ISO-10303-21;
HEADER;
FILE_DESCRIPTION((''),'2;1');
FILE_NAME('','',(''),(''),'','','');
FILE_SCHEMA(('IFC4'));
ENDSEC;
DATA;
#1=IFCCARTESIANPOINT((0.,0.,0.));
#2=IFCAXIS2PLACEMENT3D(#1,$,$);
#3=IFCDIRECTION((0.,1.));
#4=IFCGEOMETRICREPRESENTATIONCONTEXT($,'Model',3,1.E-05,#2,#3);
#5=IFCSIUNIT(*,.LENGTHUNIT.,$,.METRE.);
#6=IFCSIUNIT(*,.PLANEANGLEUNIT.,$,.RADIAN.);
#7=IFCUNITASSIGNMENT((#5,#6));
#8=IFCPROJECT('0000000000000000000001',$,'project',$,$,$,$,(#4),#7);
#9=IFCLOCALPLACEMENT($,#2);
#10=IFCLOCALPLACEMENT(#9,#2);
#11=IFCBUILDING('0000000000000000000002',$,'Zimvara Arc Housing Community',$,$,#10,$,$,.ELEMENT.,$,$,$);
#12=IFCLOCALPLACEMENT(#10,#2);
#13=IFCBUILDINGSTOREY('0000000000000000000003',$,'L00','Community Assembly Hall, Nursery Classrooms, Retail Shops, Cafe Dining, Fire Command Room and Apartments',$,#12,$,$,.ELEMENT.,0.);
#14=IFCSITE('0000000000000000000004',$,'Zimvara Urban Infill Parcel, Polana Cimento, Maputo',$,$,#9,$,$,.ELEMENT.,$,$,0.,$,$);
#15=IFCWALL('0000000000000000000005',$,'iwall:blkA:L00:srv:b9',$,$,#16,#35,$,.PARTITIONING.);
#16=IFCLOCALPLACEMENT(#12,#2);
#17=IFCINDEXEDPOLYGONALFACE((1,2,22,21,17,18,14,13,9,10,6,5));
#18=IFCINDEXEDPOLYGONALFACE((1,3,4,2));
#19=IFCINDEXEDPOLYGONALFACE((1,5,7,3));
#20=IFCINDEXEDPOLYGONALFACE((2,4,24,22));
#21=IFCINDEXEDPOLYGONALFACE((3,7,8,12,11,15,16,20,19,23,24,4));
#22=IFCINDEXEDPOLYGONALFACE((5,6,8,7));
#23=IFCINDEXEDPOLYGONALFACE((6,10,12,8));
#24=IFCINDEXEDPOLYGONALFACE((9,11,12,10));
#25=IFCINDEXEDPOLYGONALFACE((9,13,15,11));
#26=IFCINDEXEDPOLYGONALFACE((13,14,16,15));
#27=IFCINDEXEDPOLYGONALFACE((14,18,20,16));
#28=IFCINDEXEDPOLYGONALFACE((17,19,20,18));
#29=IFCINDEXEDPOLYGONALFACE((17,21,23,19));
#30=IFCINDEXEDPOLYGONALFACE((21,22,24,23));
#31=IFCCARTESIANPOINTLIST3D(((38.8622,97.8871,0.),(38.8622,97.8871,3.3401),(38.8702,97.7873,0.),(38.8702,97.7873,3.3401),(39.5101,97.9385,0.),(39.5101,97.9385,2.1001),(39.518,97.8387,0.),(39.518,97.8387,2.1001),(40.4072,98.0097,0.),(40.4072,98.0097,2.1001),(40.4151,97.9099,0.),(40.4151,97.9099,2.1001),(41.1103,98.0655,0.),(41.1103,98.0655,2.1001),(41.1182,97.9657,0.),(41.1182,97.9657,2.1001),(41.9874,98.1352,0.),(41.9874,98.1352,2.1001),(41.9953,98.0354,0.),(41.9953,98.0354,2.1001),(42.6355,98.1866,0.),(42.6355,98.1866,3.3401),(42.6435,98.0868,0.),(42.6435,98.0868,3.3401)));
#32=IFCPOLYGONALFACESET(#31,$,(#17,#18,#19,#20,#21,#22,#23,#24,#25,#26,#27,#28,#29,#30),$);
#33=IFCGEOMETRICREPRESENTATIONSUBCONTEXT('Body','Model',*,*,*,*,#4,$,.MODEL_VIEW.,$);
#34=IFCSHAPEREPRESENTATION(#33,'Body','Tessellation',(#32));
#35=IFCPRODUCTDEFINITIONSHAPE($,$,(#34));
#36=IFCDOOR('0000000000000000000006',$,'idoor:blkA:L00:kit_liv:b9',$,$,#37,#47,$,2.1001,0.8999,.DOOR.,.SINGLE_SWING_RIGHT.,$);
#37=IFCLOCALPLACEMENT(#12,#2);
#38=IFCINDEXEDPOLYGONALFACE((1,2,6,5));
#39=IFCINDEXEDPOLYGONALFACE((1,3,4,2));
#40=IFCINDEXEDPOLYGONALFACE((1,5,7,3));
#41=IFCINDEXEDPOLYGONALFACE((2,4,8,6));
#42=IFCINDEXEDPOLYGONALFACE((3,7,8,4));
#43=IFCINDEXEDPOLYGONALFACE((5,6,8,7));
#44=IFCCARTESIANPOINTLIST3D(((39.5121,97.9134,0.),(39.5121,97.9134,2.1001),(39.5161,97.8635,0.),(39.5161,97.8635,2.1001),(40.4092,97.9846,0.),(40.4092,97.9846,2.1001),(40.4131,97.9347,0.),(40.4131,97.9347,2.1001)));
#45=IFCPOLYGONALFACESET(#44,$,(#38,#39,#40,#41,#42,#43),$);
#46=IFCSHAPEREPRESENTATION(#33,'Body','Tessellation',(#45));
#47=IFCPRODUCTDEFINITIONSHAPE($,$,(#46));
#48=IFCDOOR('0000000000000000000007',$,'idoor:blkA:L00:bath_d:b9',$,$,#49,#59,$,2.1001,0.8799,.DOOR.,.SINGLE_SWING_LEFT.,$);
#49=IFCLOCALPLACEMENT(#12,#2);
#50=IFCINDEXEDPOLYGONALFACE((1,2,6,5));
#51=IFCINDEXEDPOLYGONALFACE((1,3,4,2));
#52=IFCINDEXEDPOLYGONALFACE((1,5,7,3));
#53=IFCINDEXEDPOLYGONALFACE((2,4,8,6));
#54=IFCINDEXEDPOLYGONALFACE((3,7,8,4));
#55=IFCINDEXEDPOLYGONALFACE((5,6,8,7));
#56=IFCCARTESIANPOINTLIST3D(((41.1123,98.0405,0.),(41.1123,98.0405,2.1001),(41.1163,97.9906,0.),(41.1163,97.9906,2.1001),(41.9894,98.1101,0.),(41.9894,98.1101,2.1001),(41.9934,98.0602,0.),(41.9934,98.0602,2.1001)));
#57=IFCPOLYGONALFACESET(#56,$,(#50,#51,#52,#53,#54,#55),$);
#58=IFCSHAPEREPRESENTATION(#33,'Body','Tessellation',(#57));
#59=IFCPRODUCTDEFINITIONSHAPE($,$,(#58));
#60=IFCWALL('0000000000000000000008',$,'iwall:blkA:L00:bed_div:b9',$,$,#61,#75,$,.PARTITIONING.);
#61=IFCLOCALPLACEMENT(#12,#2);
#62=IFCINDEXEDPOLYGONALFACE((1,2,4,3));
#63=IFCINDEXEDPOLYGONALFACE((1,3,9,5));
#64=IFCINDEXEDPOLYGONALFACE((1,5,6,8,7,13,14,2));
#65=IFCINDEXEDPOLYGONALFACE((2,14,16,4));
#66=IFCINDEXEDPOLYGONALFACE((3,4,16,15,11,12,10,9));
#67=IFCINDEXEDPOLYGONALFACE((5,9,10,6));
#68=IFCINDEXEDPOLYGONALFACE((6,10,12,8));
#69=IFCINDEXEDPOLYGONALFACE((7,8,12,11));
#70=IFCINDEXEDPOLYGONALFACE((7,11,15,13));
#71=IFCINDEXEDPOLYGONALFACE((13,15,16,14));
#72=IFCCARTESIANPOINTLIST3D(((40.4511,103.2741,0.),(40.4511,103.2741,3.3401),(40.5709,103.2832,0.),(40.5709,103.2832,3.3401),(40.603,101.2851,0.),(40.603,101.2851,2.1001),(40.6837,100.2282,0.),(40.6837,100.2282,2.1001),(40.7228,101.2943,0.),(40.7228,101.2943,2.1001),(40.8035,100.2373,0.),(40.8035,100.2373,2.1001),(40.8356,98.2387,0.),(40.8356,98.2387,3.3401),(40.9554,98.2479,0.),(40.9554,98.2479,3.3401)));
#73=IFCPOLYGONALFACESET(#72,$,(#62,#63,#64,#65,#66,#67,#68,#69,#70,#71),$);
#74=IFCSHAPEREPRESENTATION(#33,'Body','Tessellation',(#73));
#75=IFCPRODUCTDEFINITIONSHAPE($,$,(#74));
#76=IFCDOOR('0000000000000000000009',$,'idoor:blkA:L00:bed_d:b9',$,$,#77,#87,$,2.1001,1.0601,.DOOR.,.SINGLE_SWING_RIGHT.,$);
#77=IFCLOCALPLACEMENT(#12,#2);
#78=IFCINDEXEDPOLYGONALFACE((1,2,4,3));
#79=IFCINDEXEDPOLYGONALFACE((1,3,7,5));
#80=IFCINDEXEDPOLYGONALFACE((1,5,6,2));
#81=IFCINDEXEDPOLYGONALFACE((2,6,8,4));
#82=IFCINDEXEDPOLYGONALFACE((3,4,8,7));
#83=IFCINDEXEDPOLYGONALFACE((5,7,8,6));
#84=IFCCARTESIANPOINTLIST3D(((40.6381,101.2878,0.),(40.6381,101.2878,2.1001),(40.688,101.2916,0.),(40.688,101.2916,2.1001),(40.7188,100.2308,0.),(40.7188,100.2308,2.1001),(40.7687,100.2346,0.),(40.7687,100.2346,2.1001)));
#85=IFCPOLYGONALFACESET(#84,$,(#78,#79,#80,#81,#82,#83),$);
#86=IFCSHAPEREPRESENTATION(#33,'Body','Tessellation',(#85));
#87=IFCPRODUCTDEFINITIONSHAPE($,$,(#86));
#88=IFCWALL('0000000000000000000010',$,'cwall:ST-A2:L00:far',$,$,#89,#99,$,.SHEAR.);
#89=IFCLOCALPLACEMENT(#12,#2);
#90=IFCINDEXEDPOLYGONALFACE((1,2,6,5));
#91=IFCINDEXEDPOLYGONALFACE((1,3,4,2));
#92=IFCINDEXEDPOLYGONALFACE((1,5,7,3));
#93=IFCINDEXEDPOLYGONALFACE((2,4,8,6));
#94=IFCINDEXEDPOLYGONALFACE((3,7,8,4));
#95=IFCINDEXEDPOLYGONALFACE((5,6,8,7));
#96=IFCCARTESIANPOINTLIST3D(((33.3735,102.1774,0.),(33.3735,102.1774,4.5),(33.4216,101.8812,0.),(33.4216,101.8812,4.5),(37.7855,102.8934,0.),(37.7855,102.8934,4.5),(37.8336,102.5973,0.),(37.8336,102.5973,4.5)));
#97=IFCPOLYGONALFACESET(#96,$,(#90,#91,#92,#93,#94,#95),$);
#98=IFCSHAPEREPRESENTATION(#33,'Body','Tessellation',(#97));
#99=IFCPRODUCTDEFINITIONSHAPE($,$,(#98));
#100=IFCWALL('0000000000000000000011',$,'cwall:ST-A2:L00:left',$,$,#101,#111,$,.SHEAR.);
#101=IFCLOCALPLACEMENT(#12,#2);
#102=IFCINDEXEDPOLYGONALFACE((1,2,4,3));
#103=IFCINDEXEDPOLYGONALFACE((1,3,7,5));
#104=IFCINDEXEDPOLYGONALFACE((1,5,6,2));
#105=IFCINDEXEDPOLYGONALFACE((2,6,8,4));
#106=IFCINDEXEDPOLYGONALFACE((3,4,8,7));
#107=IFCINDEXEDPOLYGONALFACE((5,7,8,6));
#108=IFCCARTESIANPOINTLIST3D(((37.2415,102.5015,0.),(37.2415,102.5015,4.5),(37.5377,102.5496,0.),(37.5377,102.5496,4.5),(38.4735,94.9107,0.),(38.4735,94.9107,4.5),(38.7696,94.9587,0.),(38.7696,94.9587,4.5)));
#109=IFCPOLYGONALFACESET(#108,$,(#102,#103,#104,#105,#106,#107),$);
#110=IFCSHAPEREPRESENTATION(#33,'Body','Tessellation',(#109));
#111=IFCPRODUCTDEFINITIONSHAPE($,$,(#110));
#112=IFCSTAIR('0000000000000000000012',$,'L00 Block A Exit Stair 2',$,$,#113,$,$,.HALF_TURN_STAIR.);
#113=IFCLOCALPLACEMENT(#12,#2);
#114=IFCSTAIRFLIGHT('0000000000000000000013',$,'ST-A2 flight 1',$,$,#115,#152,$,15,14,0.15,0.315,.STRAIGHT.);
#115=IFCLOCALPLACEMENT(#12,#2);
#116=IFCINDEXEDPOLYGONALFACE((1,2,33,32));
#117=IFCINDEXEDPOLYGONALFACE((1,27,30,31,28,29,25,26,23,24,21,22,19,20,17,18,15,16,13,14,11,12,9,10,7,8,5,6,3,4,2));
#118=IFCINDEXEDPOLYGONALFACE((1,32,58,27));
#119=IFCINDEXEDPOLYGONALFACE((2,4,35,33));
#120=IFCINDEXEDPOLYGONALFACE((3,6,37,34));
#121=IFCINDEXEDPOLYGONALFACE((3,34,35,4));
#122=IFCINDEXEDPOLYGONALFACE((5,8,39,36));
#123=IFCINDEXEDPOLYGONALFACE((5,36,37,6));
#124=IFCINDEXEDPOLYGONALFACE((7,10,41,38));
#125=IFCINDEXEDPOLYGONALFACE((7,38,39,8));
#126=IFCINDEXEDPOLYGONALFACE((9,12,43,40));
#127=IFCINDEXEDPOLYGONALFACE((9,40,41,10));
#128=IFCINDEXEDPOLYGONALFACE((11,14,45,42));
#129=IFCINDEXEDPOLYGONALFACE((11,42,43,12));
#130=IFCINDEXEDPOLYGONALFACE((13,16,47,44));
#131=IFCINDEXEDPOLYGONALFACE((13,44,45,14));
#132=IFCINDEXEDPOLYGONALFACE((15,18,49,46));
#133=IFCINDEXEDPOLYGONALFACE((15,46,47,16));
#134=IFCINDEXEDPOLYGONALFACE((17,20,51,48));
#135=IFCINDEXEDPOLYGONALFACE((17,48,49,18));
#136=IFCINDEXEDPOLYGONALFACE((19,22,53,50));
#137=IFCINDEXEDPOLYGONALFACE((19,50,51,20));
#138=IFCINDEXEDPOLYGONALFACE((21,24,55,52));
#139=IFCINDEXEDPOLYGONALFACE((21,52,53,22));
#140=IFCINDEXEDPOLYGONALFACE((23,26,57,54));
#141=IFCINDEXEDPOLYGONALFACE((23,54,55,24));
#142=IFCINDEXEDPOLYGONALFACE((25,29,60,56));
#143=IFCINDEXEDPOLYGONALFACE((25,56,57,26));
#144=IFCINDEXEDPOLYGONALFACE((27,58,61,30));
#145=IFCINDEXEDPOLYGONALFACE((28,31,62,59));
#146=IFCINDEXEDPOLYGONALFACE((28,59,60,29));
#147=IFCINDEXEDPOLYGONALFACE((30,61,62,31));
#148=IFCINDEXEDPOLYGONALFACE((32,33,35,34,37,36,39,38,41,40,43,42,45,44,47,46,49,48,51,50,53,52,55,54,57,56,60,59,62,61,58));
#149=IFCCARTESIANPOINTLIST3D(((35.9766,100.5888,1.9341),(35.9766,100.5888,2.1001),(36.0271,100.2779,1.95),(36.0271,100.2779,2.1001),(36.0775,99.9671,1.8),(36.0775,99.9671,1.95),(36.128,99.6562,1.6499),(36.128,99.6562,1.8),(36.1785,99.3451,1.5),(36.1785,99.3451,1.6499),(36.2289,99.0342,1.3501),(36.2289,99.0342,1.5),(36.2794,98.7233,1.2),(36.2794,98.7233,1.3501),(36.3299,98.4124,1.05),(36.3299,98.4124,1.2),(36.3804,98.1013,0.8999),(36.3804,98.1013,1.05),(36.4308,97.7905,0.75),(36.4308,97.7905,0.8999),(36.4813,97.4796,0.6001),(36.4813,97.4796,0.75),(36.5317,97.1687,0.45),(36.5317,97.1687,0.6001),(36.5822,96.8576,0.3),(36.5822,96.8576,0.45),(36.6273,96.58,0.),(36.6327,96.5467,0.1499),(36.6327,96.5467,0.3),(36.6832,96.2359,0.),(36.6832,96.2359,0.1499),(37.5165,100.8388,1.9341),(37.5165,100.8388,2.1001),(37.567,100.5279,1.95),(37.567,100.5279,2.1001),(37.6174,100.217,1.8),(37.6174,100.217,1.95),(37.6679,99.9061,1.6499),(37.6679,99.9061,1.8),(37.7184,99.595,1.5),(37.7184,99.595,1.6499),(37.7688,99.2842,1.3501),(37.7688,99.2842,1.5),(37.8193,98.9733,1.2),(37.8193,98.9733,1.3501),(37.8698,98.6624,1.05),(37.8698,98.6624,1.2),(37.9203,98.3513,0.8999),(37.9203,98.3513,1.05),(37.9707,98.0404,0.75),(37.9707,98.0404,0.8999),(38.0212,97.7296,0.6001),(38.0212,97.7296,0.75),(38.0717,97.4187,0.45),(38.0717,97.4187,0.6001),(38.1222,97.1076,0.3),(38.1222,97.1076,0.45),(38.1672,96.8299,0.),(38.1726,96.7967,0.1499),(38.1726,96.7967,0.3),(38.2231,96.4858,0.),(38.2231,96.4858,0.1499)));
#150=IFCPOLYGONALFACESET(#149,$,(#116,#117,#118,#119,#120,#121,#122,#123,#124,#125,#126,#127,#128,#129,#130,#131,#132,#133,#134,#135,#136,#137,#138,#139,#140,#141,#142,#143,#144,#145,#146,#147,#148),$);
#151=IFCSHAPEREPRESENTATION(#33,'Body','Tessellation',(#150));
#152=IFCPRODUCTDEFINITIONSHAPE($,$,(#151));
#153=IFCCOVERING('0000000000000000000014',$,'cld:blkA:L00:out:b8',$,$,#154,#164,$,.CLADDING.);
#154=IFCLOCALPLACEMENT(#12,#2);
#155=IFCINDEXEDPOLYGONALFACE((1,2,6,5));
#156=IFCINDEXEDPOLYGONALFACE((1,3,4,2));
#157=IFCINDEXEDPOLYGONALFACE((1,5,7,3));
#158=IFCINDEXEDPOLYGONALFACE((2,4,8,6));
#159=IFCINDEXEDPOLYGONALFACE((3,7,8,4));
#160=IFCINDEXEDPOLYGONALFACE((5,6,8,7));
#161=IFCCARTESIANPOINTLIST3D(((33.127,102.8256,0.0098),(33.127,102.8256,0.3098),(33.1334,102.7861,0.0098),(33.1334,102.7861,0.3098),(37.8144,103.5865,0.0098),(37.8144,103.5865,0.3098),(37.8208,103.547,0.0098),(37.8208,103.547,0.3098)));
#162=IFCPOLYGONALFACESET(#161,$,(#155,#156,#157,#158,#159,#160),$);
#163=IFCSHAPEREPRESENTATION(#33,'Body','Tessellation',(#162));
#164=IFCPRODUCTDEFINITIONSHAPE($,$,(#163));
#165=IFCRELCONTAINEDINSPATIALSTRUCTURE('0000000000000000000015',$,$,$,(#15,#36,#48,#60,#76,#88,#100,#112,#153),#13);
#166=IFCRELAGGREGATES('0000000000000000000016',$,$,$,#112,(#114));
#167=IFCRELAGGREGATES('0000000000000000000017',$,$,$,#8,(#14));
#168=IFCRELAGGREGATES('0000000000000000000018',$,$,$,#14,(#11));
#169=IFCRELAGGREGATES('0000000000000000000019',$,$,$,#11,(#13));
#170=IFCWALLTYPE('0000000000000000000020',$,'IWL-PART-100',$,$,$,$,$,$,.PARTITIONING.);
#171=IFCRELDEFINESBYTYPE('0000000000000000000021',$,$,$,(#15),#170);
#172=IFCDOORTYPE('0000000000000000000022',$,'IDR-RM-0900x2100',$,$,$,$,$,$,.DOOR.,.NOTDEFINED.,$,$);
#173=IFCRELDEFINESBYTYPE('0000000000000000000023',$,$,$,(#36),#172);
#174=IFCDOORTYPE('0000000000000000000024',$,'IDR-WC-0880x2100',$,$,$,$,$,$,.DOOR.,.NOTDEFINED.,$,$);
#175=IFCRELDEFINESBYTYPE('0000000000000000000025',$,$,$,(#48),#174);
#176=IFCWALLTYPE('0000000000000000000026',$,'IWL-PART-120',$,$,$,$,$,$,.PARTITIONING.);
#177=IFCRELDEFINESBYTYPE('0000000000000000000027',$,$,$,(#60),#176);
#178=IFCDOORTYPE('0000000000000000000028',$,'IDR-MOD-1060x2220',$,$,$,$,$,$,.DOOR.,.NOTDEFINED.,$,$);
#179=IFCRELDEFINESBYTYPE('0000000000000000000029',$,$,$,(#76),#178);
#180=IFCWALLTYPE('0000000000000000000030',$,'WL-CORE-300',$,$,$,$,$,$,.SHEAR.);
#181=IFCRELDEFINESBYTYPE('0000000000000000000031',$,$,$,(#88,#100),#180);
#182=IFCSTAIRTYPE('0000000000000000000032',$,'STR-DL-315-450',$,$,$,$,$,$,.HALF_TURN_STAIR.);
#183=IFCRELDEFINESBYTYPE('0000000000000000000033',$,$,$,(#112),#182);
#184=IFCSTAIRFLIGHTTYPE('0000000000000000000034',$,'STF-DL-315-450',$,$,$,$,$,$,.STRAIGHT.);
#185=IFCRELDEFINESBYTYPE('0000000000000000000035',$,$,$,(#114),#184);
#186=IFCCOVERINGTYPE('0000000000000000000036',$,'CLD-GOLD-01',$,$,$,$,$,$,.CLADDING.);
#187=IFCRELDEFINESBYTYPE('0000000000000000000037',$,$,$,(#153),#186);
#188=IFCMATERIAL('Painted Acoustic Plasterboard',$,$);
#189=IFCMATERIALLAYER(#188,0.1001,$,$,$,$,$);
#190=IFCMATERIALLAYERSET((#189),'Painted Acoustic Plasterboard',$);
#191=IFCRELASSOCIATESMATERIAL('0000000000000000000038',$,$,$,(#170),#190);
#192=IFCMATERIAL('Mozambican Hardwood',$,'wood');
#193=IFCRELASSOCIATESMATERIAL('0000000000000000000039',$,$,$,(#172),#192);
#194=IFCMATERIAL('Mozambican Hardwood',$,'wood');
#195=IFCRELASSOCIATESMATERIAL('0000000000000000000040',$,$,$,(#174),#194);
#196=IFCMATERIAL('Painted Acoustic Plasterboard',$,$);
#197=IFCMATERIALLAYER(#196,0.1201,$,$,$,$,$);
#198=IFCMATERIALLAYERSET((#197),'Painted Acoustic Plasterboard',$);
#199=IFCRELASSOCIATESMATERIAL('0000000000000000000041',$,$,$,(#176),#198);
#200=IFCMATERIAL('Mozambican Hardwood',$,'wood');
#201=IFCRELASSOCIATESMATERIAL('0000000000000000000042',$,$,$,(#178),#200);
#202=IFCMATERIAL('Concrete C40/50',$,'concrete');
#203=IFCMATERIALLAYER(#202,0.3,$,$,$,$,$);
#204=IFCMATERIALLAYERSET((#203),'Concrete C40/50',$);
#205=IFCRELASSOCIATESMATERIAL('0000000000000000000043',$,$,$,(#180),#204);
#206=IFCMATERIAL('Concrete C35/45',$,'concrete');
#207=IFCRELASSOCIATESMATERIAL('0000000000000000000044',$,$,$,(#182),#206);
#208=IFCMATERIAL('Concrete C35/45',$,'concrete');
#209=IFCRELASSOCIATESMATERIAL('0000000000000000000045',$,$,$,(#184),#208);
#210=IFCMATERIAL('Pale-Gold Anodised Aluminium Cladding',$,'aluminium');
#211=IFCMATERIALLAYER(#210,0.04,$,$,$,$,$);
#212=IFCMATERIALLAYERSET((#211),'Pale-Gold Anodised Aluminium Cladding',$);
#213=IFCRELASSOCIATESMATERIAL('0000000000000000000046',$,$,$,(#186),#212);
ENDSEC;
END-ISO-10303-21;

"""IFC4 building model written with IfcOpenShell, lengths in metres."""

from ifc_helpers import new_model, si_unit, direction, frame, frame_2d, origin, origin_2d, place, context, subcontext, project, spatial, polyline, rectangle, outline, extrude, material, layer, layer_set, type_object, element, fill, aggregate, save


model = new_model("IFC4")

# Units and contexts
model_context = context("Model", 3, precision=1e-05, world=origin(), true_north=direction((0.0, 1.0)))
body_context = subcontext(model_context, "Body", "Model", "MODEL_VIEW")
ifc_project = project(units=[si_unit("LENGTHUNIT", "METRE"), si_unit("PLANEANGLEUNIT", "RADIAN")], contexts=[model_context])

# Site, building, storey
site_placement = place(None, origin())
site = spatial("IfcSite", under=ifc_project, at=site_placement, Name="Zimvara Urban Infill Parcel, Polana Cimento, Maputo", CompositionType="ELEMENT", RefElevation=0.0)
building_placement = place(site_placement, origin())
building = spatial("IfcBuilding", under=site, at=building_placement, Name="Zimvara Arc Housing Community", CompositionType="ELEMENT")
storey_placement = place(building_placement, origin())
storey = spatial("IfcBuildingStorey", under=building, at=storey_placement, Name="L00", Description="Community Assembly Hall, Nursery Classrooms, Retail Shops, Cafe Dining, Fire Command Room and Apartments", CompositionType="ELEMENT", Elevation=0.0)

# Wall, openings, doors
ifc_material_1 = material(Name="Painted Acoustic Plasterboard")
ifc_layer_1 = layer(ifc_material_1, 0.1001)
ifc_layer_set_1 = layer_set([ifc_layer_1], Name="Painted Acoustic Plasterboard")
wall_type_1 = type_object("IfcWallType", Name="IWL-PART-100", PredefinedType="PARTITIONING", material=ifc_layer_set_1)
wall_1_placement = place(storey_placement, frame((38.8662, 97.8372, 0.0), z_axis=(0.0, 0.0, 1.0), x_axis=(0.996863, 0.079143, 0.0)))
wall_1 = element("IfcWall", 1, at=wall_1_placement, inside=storey, type_object=wall_type_1, Name="iwall:blkA:L00:srv:b9", PredefinedType="PARTITIONING", context=body_context, shape_type="SweptSolid", body=[
    extrude(rectangle(XDim=3.7852, YDim=0.1001, at=frame_2d((1.8926, 0.0))), origin(), (0.0, 0.0, 1.0), 3.3401),
])
opening_1_placement = place(wall_1_placement, frame((0.6499, 0.0, 0.0)))
opening_1 = element("IfcOpeningElement", 2, at=opening_1_placement, cuts=wall_1, PredefinedType="OPENING", context=body_context, shape_type="SweptSolid", body=[
    extrude(rectangle(XDim=0.8999, YDim=2.1001, at=frame_2d((0.45, 1.05))), frame((0.0, 0.0601, 0.0), z_axis=(0.0, -1.0, 0.0), x_axis=(1.0, 0.0, 0.0)), (0.0, 0.0, 1.0), 0.1201),
])
opening_2_placement = place(wall_1_placement, frame((2.2551, 0.0, 0.0)))
opening_2 = element("IfcOpeningElement", 3, at=opening_2_placement, cuts=wall_1, PredefinedType="OPENING", context=body_context, shape_type="SweptSolid", body=[
    extrude(rectangle(XDim=0.8799, YDim=2.1001, at=frame_2d((0.4399, 1.05))), frame((0.0, 0.0601, 0.0), z_axis=(0.0, -1.0, 0.0), x_axis=(1.0, 0.0, 0.0)), (0.0, 0.0, 1.0), 0.1201),
])
ifc_material_2 = material(Name="Mozambican Hardwood", Category="wood")
door_type_1 = type_object("IfcDoorType", Name="IDR-RM-0900x2100", OperationType="NOTDEFINED", PredefinedType="DOOR", material=ifc_material_2)
door_1_placement = place(opening_1_placement, origin())
door_1 = element("IfcDoor", 4, at=door_1_placement, inside=storey, type_object=door_type_1, Name="idoor:blkA:L00:kit_liv:b9", OperationType="SINGLE_SWING_RIGHT", OverallHeight=2.1001, OverallWidth=0.8999, PredefinedType="DOOR", context=body_context, shape_type="SweptSolid", body=[
    extrude(rectangle(XDim=0.8999, YDim=2.1001, at=frame_2d((0.45, 1.05))), frame((0.0, 0.0249, 0.0), z_axis=(0.0, -1.0, 0.0), x_axis=(1.0, 0.0, 0.0)), (0.0, 0.0, 1.0), 0.05),
])
fill(opening_1, door_1)
ifc_material_3 = material(Name="Mozambican Hardwood", Category="wood")
door_type_2 = type_object("IfcDoorType", Name="IDR-WC-0880x2100", OperationType="NOTDEFINED", PredefinedType="DOOR", material=ifc_material_3)
door_2_placement = place(opening_2_placement, origin())
door_2 = element("IfcDoor", 5, at=door_2_placement, inside=storey, type_object=door_type_2, Name="idoor:blkA:L00:bath_d:b9", OperationType="SINGLE_SWING_LEFT", OverallHeight=2.1001, OverallWidth=0.8799, PredefinedType="DOOR", context=body_context, shape_type="SweptSolid", body=[
    extrude(rectangle(XDim=0.8799, YDim=2.1001, at=frame_2d((0.4399, 1.05))), frame((0.0, 0.0249, 0.0), z_axis=(0.0, -1.0, 0.0), x_axis=(1.0, 0.0, 0.0)), (0.0, 0.0, 1.0), 0.05),
])
fill(opening_2, door_2)

# Wall, opening, door
ifc_material_4 = material(Name="Painted Acoustic Plasterboard")
ifc_layer_2 = layer(ifc_material_4, 0.1201)
ifc_layer_set_2 = layer_set([ifc_layer_2], Name="Painted Acoustic Plasterboard")
wall_type_2 = type_object("IfcWallType", Name="IWL-PART-120", PredefinedType="PARTITIONING", material=ifc_layer_set_2)
wall_2_placement = place(storey_placement, frame((40.8955, 98.2434, 0.0), z_axis=(0.0, 0.0, 1.0), x_axis=(-0.076142, 0.997097, 0.0)))
wall_2 = element("IfcWall", 6, at=wall_2_placement, inside=storey, type_object=wall_type_2, Name="iwall:blkA:L00:bed_div:b9", PredefinedType="PARTITIONING", context=body_context, shape_type="SweptSolid", body=[
    extrude(rectangle(XDim=5.05, YDim=0.1201, at=frame_2d((2.5249, 0.0))), origin(), (0.0, 0.0, 1.0), 3.3401),
])
opening_3_placement = place(wall_2_placement, frame((1.9951, 0.0, 0.0)))
opening_3 = element("IfcOpeningElement", 7, at=opening_3_placement, cuts=wall_2, PredefinedType="OPENING", context=body_context, shape_type="SweptSolid", body=[
    extrude(rectangle(XDim=1.0601, YDim=2.1001, at=frame_2d((0.53, 1.05))), frame((0.0, 0.0701, 0.0), z_axis=(0.0, -1.0, 0.0), x_axis=(1.0, 0.0, 0.0)), (0.0, 0.0, 1.0), 0.1401),
])
ifc_material_5 = material(Name="Mozambican Hardwood", Category="wood")
door_type_3 = type_object("IfcDoorType", Name="IDR-MOD-1060x2220", OperationType="NOTDEFINED", PredefinedType="DOOR", material=ifc_material_5)
door_3_placement = place(opening_3_placement, origin())
door_3 = element("IfcDoor", 8, at=door_3_placement, inside=storey, type_object=door_type_3, Name="idoor:blkA:L00:bed_d:b9", OperationType="SINGLE_SWING_RIGHT", OverallHeight=2.1001, OverallWidth=1.0601, PredefinedType="DOOR", context=body_context, shape_type="SweptSolid", body=[
    extrude(rectangle(XDim=1.0601, YDim=2.1001, at=frame_2d((0.53, 1.05))), frame((0.0, 0.0249, 0.0), z_axis=(0.0, -1.0, 0.0), x_axis=(1.0, 0.0, 0.0)), (0.0, 0.0, 1.0), 0.05),
])
fill(opening_3, door_3)
ifc_material_6 = material(Name="Concrete C40/50", Category="concrete")
ifc_layer_3 = layer(ifc_material_6, 0.3)
ifc_layer_set_3 = layer_set([ifc_layer_3], Name="Concrete C40/50")
wall_type_3 = type_object("IfcWallType", Name="WL-CORE-300", PredefinedType="SHEAR", material=ifc_layer_set_3)

# Walls
wall_3_placement = place(storey_placement, frame((37.8096, 102.7454, 0.0), z_axis=(0.0, 0.0, 1.0), x_axis=(-0.987085, -0.160199, 0.0)))
element("IfcWall", 9, at=wall_3_placement, inside=storey, type_object=wall_type_3, Name="cwall:ST-A2:L00:far", PredefinedType="SHEAR", context=body_context, shape_type="SweptSolid", body=[
    extrude(rectangle(XDim=4.4697, YDim=0.3, at=frame_2d((2.2349, 0.0))), origin(), (0.0, 0.0, 1.0), 4.5),
])
wall_4_placement = place(storey_placement, frame((38.6216, 94.9346, 0.0), z_axis=(0.0, 0.0, 1.0), x_axis=(-0.160197, 0.987085, 0.0)))
element("IfcWall", 10, at=wall_4_placement, inside=storey, type_object=wall_type_3, Name="cwall:ST-A2:L00:left", PredefinedType="SHEAR", context=body_context, shape_type="SweptSolid", body=[
    extrude(rectangle(XDim=7.6902, YDim=0.3, at=frame_2d((3.8452, 0.0))), origin(), (0.0, 0.0, 1.0), 4.5),
])

# Stair, stair flight
ifc_material_7 = material(Name="Concrete C35/45", Category="concrete")
stair_type = type_object("IfcStairType", Name="STR-DL-315-450", PredefinedType="HALF_TURN_STAIR", material=ifc_material_7)
stair_placement = place(storey_placement, origin())
stair = element("IfcStair", 11, at=stair_placement, inside=storey, type_object=stair_type, Name="L00 Block A Exit Stair 2", PredefinedType="HALF_TURN_STAIR")
ifc_material_8 = material(Name="Concrete C35/45", Category="concrete")
stair_flight_type = type_object("IfcStairFlightType", Name="STF-DL-315-450", PredefinedType="STRAIGHT", material=ifc_material_8)
stair_flight_placement = place(storey_placement, frame((37.4531, 96.3608, 0.0), z_axis=(0.0, 0.0, 1.0), x_axis=(-0.160226, 0.98708, 0.0)))
stair_flight = element("IfcStairFlight", 12, at=stair_flight_placement, type_object=stair_flight_type, Name="ST-A2 flight 1", NumberOfRisers=15, NumberOfTreads=14, PredefinedType="STRAIGHT", RiserHeight=0.15, TreadLength=0.315, context=body_context, shape_type="SweptSolid", body=[
    extrude(outline(polyline([(0.0, 0.0), (0.0, 0.1499), (0.3149, 0.1499), (0.3149, 0.3), (0.6299, 0.3), (0.6299, 0.45), (0.9451, 0.45), (0.9451, 0.6001), (1.26, 0.6001), (1.26, 0.75), (1.575, 0.75), (1.575, 0.8999), (1.8899, 0.8999), (1.8899, 1.05), (2.2051, 1.05), (2.2051, 1.2), (2.52, 1.2), (2.52, 1.3501), (2.835, 1.3501), (2.835, 1.5), (3.1499, 1.5), (3.1499, 1.6499), (3.4651, 1.6499), (3.4651, 1.8), (3.78, 1.8), (3.78, 1.95), (4.095, 1.95), (4.095, 2.1001), (4.4099, 2.1001), (4.4099, 2.25), (4.4099, 1.9341), (0.3486, 0.0), (0.0, 0.0)])), frame((0.0, 0.78, 0.0), z_axis=(0.0, -1.0, 0.0), x_axis=(1.0, 0.0, 0.0)), (0.0, 0.0, 1.0), 1.5601),
])
aggregate(stair, [stair_flight])

# Covering
ifc_material_9 = material(Name="Pale-Gold Anodised Aluminium Cladding", Category="aluminium")
ifc_layer_4 = layer(ifc_material_9, 0.04)
ifc_layer_set_4 = layer_set([ifc_layer_4], Name="Pale-Gold Anodised Aluminium Cladding")
covering_type_1 = type_object("IfcCoveringType", Name="CLD-GOLD-01", PredefinedType="CLADDING", material=ifc_layer_set_4)
covering_1_placement = place(storey_placement, frame((35.4739, 103.1863, 0.0098), z_axis=(0.0, 0.0, 1.0), x_axis=(0.98708, 0.160226, 0.0)))
element("IfcCovering", 13, at=covering_1_placement, inside=storey, type_object=covering_type_1, Name="cld:blkA:L00:out:b8", PredefinedType="CLADDING", context=body_context, shape_type="SweptSolid", body=[
    extrude(rectangle(XDim=4.7488, YDim=0.04, at=origin_2d()), origin(), (0.0, 0.0, 1.0), 0.3),
])

save(model, "model.ifc")
